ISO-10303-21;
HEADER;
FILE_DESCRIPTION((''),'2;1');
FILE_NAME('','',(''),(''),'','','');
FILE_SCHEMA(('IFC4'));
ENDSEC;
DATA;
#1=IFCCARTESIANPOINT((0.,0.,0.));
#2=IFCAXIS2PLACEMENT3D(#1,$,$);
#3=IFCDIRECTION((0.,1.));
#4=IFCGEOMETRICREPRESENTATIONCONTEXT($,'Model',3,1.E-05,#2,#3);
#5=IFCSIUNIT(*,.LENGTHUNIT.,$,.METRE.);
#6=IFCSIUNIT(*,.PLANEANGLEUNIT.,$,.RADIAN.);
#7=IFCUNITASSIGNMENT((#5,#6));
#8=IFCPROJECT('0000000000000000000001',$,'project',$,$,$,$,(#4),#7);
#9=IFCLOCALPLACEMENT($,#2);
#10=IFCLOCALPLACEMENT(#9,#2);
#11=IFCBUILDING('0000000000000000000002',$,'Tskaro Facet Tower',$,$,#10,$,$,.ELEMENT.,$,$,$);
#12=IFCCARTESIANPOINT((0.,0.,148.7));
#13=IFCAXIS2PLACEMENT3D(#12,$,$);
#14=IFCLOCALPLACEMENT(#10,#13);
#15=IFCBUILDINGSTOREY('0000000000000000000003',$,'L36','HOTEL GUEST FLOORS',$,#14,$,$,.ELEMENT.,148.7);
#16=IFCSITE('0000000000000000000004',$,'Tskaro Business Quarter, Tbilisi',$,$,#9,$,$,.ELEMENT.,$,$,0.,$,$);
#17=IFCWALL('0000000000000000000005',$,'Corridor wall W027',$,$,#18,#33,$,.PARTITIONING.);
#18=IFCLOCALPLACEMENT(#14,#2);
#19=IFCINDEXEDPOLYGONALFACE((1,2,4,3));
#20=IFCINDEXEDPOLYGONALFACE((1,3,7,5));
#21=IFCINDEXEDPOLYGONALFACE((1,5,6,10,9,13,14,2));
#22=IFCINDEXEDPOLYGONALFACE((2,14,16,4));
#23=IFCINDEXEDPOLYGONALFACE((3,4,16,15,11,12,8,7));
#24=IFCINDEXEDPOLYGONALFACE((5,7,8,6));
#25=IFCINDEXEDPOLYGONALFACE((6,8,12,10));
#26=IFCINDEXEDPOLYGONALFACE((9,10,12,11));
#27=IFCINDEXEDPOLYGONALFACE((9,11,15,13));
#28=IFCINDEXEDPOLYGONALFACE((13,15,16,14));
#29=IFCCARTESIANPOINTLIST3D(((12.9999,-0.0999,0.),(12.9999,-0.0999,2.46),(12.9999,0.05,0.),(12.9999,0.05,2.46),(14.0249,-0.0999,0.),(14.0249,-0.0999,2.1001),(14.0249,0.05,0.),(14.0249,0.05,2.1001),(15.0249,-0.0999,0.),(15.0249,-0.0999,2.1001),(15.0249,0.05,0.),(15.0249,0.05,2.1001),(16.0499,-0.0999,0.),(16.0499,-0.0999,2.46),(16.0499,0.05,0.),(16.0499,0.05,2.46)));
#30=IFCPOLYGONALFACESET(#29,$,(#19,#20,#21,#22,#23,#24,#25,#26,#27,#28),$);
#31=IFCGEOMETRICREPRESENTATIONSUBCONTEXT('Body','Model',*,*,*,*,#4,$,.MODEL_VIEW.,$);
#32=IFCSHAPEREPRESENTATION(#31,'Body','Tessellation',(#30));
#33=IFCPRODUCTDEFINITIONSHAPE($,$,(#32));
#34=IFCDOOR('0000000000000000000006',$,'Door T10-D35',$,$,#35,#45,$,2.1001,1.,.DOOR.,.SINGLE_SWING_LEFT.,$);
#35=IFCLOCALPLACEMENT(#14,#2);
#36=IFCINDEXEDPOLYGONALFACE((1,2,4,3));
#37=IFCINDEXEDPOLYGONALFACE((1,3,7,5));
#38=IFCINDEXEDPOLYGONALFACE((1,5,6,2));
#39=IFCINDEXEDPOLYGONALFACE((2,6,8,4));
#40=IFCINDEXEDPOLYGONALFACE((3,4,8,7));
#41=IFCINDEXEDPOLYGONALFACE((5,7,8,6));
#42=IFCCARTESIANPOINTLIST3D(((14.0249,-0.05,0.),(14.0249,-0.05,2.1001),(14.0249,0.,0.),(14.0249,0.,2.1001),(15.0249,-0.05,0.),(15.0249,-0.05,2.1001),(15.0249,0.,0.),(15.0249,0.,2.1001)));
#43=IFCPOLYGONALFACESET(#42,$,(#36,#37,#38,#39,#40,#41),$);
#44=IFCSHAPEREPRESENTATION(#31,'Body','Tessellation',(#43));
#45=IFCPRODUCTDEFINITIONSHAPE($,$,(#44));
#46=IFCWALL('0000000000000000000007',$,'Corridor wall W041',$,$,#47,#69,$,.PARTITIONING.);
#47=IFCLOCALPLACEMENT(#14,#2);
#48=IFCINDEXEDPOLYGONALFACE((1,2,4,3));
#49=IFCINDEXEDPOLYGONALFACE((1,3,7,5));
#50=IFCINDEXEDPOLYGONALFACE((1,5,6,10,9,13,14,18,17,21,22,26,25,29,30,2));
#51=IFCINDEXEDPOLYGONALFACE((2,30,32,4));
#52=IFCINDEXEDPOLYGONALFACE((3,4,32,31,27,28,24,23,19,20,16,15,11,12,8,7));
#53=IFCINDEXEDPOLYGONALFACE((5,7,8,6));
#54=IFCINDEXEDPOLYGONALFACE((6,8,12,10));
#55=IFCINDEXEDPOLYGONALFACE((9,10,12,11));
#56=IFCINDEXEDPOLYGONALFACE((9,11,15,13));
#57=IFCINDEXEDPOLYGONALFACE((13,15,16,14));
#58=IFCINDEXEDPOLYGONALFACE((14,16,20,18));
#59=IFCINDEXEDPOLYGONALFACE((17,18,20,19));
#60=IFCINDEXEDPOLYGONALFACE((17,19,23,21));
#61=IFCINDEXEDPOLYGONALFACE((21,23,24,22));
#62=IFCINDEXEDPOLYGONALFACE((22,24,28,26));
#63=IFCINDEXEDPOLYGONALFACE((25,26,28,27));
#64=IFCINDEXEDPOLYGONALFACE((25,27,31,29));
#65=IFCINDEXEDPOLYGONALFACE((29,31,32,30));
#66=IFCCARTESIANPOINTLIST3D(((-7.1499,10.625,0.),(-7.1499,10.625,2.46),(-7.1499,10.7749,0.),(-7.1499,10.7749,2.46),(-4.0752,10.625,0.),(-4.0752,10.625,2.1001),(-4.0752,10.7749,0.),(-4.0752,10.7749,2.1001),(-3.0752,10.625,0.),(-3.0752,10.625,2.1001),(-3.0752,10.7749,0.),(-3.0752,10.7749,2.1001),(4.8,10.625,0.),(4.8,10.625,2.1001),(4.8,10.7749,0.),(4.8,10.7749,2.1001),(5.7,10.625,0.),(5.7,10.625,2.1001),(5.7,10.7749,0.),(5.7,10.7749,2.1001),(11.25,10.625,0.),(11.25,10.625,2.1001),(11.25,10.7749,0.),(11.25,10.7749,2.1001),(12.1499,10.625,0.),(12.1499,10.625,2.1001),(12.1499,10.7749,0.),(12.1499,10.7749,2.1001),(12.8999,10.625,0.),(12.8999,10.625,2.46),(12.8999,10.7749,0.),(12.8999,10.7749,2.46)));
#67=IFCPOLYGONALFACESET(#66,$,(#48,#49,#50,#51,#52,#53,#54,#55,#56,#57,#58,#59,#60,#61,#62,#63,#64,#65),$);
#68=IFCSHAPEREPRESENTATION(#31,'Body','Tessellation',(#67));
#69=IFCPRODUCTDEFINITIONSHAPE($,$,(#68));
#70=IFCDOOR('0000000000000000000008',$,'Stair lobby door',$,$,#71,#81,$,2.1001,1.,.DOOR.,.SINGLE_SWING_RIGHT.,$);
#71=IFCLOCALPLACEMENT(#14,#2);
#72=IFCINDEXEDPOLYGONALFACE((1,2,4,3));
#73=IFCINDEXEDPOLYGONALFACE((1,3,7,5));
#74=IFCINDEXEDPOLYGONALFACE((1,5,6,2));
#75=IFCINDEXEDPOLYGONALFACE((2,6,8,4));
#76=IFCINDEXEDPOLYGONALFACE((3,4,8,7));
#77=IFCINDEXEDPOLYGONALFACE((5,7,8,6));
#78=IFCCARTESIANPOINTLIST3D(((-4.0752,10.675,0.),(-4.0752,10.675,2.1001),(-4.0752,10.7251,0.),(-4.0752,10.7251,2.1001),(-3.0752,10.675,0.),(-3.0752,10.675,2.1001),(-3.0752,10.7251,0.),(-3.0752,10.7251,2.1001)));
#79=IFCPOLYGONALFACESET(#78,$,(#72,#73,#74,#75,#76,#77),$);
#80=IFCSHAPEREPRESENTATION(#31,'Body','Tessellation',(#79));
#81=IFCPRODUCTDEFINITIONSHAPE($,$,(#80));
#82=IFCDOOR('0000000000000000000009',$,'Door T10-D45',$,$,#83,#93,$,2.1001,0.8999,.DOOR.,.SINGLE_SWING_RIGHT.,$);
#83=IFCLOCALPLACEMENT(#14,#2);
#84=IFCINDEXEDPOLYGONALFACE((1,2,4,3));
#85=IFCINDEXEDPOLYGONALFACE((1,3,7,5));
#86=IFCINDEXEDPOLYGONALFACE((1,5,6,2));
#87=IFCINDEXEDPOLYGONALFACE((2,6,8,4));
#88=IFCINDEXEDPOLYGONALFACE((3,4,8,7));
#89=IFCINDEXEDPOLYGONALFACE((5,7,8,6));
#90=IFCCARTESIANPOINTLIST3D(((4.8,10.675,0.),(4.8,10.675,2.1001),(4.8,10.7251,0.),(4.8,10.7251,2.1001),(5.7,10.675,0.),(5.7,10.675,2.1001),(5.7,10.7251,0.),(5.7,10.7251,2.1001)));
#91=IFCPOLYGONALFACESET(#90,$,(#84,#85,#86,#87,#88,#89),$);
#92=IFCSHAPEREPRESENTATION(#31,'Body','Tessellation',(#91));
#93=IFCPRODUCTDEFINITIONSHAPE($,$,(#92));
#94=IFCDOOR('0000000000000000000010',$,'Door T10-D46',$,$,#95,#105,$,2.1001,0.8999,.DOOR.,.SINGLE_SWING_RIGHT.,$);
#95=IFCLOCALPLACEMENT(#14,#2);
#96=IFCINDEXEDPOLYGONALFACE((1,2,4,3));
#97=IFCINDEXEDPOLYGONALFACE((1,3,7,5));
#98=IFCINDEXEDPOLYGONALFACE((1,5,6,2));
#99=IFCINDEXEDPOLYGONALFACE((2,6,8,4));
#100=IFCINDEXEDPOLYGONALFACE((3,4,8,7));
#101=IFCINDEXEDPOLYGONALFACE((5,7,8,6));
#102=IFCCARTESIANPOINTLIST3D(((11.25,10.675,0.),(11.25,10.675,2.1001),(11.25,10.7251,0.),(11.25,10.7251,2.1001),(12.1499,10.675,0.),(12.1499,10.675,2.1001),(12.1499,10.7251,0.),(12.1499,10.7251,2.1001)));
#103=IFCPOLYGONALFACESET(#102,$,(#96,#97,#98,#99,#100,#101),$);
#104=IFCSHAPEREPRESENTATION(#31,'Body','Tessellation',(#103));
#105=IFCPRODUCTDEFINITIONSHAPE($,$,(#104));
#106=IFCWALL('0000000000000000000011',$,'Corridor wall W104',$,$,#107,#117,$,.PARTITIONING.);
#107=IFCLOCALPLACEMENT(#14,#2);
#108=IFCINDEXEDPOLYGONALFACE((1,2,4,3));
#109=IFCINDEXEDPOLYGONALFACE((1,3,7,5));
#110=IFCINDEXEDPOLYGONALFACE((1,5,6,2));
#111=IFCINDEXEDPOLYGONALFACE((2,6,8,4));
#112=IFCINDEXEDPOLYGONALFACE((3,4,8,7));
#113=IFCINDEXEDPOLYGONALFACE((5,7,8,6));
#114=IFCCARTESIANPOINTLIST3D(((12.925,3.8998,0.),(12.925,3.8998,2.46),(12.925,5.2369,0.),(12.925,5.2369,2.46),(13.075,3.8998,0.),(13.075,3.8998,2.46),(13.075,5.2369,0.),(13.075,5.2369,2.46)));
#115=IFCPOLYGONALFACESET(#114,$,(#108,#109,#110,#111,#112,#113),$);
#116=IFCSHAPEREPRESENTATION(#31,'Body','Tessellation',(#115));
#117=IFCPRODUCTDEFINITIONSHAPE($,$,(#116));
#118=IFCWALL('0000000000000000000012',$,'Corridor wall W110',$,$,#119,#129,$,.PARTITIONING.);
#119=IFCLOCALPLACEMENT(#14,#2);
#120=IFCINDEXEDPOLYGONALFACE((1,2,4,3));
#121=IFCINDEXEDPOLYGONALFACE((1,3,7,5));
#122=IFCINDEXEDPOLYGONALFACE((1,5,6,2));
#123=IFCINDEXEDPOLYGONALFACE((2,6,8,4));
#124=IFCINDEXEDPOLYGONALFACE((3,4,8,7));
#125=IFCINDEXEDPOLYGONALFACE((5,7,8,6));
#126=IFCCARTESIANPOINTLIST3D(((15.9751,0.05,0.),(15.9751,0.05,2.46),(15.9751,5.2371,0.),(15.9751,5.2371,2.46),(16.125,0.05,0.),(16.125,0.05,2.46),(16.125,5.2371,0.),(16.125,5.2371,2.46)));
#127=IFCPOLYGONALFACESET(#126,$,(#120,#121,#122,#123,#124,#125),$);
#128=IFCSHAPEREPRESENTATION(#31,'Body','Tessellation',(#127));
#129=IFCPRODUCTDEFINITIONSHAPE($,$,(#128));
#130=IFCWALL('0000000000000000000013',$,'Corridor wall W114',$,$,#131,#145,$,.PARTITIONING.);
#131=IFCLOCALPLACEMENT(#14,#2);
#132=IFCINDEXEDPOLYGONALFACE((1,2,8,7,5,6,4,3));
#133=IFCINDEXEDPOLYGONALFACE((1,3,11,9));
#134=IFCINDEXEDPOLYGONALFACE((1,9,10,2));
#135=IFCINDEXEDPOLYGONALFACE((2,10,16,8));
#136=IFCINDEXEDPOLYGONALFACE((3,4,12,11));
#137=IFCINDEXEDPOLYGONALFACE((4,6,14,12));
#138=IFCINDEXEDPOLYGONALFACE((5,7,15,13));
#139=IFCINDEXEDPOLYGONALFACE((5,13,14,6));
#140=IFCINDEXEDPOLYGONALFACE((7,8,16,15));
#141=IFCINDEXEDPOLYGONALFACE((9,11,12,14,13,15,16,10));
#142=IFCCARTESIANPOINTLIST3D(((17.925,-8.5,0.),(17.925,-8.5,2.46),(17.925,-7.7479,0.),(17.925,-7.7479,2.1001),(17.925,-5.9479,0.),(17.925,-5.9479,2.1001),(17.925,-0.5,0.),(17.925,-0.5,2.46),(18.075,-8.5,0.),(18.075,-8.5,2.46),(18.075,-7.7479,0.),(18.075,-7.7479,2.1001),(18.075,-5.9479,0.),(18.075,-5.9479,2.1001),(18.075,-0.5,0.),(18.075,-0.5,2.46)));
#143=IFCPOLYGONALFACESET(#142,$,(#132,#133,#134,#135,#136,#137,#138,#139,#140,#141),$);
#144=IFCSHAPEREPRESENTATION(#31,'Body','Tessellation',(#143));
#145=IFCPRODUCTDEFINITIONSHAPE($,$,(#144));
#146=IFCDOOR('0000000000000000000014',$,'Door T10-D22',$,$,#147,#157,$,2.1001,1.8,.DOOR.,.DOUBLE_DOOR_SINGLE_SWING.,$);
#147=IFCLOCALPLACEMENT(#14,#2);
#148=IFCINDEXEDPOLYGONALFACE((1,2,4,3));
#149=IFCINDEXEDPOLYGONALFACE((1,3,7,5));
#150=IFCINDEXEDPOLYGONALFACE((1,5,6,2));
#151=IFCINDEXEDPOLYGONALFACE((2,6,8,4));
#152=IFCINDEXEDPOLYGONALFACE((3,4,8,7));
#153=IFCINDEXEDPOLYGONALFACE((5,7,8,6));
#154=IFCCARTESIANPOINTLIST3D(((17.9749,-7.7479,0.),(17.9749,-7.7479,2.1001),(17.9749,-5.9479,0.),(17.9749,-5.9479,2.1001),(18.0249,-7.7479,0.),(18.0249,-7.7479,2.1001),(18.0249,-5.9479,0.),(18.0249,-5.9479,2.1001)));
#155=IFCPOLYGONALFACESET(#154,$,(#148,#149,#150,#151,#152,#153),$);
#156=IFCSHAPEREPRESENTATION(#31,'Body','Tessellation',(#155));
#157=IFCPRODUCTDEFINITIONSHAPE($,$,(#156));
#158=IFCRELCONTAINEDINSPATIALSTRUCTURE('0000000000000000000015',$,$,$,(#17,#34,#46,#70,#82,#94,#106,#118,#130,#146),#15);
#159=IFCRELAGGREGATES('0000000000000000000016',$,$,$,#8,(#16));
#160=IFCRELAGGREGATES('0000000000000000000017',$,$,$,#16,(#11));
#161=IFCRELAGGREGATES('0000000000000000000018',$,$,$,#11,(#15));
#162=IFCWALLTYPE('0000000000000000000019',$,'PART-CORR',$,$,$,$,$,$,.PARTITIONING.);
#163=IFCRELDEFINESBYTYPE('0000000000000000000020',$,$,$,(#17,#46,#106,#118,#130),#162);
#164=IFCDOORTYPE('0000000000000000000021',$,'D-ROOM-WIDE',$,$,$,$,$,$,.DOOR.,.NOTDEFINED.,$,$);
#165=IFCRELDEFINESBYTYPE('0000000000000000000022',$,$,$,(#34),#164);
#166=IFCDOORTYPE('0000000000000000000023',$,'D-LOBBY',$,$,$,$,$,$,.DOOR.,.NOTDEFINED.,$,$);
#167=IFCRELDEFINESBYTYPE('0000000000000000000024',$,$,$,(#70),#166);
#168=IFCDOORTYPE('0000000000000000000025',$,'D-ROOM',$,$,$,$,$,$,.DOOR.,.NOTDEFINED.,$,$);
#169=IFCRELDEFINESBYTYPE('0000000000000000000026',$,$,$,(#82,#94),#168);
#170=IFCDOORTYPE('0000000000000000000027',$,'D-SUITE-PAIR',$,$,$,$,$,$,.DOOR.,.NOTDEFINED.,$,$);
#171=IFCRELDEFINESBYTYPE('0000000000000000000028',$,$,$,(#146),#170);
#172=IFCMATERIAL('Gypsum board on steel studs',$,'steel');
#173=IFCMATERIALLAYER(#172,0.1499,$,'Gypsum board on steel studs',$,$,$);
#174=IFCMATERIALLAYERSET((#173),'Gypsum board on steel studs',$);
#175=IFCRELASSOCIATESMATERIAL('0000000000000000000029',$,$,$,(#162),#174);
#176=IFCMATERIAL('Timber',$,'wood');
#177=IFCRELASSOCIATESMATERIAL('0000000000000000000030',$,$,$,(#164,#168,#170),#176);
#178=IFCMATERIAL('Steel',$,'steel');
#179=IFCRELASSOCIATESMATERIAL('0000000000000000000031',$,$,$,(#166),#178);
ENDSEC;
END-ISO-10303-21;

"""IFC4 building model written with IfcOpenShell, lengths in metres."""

from ifc_helpers import new_model, si_unit, direction, frame, frame_2d, origin, place, context, subcontext, project, spatial, rectangle, extrude, material, layer, layer_set, type_object, element, fill, save


model = new_model("IFC4")

# Units and contexts
model_context = context("Model", 3, precision=1e-05, world=origin(), true_north=direction((0.0, 1.0)))
body_context = subcontext(model_context, "Body", "Model", "MODEL_VIEW")
ifc_project = project(units=[si_unit("LENGTHUNIT", "METRE"), si_unit("PLANEANGLEUNIT", "RADIAN")], contexts=[model_context])

# Site, building, storey
site_placement = place(None, origin())
site = spatial("IfcSite", under=ifc_project, at=site_placement, Name="Tskaro Business Quarter, Tbilisi", CompositionType="ELEMENT", RefElevation=0.0)
building_placement = place(site_placement, origin())
building = spatial("IfcBuilding", under=site, at=building_placement, Name="Tskaro Facet Tower", CompositionType="ELEMENT")
storey_placement = place(building_placement, frame((0.0, 0.0, 148.7)))
storey = spatial("IfcBuildingStorey", under=building, at=storey_placement, Name="L36", Description="HOTEL GUEST FLOORS", CompositionType="ELEMENT", Elevation=148.7)

# Shared definitions
ifc_material_1 = material(Name="Gypsum board on steel studs", Category="steel")

# Wall, opening, door
ifc_layer_1 = layer(ifc_material_1, 0.1499, Name="Gypsum board on steel studs")
ifc_layer_set_1 = layer_set([ifc_layer_1], Name="Gypsum board on steel studs")
wall_type_1 = type_object("IfcWallType", Name="PART-CORR", PredefinedType="PARTITIONING", material=ifc_layer_set_1)
wall_1_placement = place(storey_placement, frame((13.0, -0.0249, 0.0), z_axis=(0.0, 0.0, 1.0), x_axis=(1.0, 0.0, 0.0)))
wall_1 = element("IfcWall", 1, at=wall_1_placement, inside=storey, type_object=wall_type_1, Name="Corridor wall W027", PredefinedType="PARTITIONING", context=body_context, shape_type="SweptSolid", body=[
    extrude(rectangle(XDim=3.05, YDim=0.1499, at=frame_2d((1.5249, 0.0))), origin(), (0.0, 0.0, 1.0), 2.46),
])
opening_1_placement = place(wall_1_placement, frame((1.0249, 0.0, 0.0)))
opening_1 = element("IfcOpeningElement", 2, at=opening_1_placement, cuts=wall_1, PredefinedType="OPENING", context=body_context, shape_type="SweptSolid", body=[
    extrude(rectangle(XDim=1.0, YDim=2.1001, at=frame_2d((0.5, 1.05))), frame((0.0, 0.085, 0.0), z_axis=(0.0, -1.0, 0.0), x_axis=(1.0, 0.0, 0.0)), (0.0, 0.0, 1.0), 0.1699),
])
ifc_material_2 = material(Name="Timber", Category="wood")
door_type_1 = type_object("IfcDoorType", Name="D-ROOM-WIDE", OperationType="NOTDEFINED", PredefinedType="DOOR", material=ifc_material_2)
door_1_placement = place(opening_1_placement, origin())
door_1 = element("IfcDoor", 3, at=door_1_placement, inside=storey, type_object=door_type_1, Name="Door T10-D35", OperationType="SINGLE_SWING_LEFT", OverallHeight=2.1001, OverallWidth=1.0, PredefinedType="DOOR", context=body_context, shape_type="SweptSolid", body=[
    extrude(rectangle(XDim=1.0, YDim=2.1001, at=frame_2d((0.5, 1.05))), frame((0.0, 0.0249, 0.0), z_axis=(0.0, -1.0, 0.0), x_axis=(1.0, 0.0, 0.0)), (0.0, 0.0, 1.0), 0.05),
])
fill(opening_1, door_1)

# Wall, openings, doors
wall_2_placement = place(storey_placement, frame((12.8999, 10.7, 0.0), z_axis=(0.0, 0.0, 1.0), x_axis=(-1.0, 0.0, 0.0)))
wall_2 = element("IfcWall", 4, at=wall_2_placement, inside=storey, type_object=wall_type_1, Name="Corridor wall W041", PredefinedType="PARTITIONING", context=body_context, shape_type="SweptSolid", body=[
    extrude(rectangle(XDim=20.0498, YDim=0.1499, at=frame_2d((10.0249, 0.0))), origin(), (0.0, 0.0, 1.0), 2.46),
])
opening_2_placement = place(wall_2_placement, frame((15.9751, 0.0, 0.0)))
opening_2 = element("IfcOpeningElement", 5, at=opening_2_placement, cuts=wall_2, PredefinedType="OPENING", context=body_context, shape_type="SweptSolid", body=[
    extrude(rectangle(XDim=1.0, YDim=2.1001, at=frame_2d((0.5, 1.05))), frame((0.0, 0.085, 0.0), z_axis=(0.0, -1.0, 0.0), x_axis=(1.0, 0.0, 0.0)), (0.0, 0.0, 1.0), 0.1699),
])
opening_3_placement = place(wall_2_placement, frame((7.2, 0.0, 0.0)))
opening_3 = element("IfcOpeningElement", 6, at=opening_3_placement, cuts=wall_2, PredefinedType="OPENING", context=body_context, shape_type="SweptSolid", body=[
    extrude(rectangle(XDim=0.8999, YDim=2.1001, at=frame_2d((0.45, 1.05))), frame((0.0, 0.085, 0.0), z_axis=(0.0, -1.0, 0.0), x_axis=(1.0, 0.0, 0.0)), (0.0, 0.0, 1.0), 0.1699),
])
opening_4_placement = place(wall_2_placement, frame((0.75, 0.0, 0.0)))
opening_4 = element("IfcOpeningElement", 7, at=opening_4_placement, cuts=wall_2, PredefinedType="OPENING", context=body_context, shape_type="SweptSolid", body=[
    extrude(rectangle(XDim=0.8999, YDim=2.1001, at=frame_2d((0.45, 1.05))), frame((0.0, 0.085, 0.0), z_axis=(0.0, -1.0, 0.0), x_axis=(1.0, 0.0, 0.0)), (0.0, 0.0, 1.0), 0.1699),
])
ifc_material_3 = material(Name="Steel", Category="steel")
door_type_2 = type_object("IfcDoorType", Name="D-LOBBY", OperationType="NOTDEFINED", PredefinedType="DOOR", material=ifc_material_3)
door_2_placement = place(opening_2_placement, origin())
door_2 = element("IfcDoor", 8, at=door_2_placement, inside=storey, type_object=door_type_2, Name="Stair lobby door", OperationType="SINGLE_SWING_RIGHT", OverallHeight=2.1001, OverallWidth=1.0, PredefinedType="DOOR", context=body_context, shape_type="SweptSolid", body=[
    extrude(rectangle(XDim=1.0, YDim=2.1001, at=frame_2d((0.5, 1.05))), frame((0.0, 0.0249, 0.0), z_axis=(0.0, -1.0, 0.0), x_axis=(1.0, 0.0, 0.0)), (0.0, 0.0, 1.0), 0.05),
])
fill(opening_2, door_2)
door_type_3 = type_object("IfcDoorType", Name="D-ROOM", OperationType="NOTDEFINED", PredefinedType="DOOR", material=ifc_material_2)
door_3_placement = place(opening_3_placement, origin())
door_3 = element("IfcDoor", 9, at=door_3_placement, inside=storey, type_object=door_type_3, Name="Door T10-D45", OperationType="SINGLE_SWING_RIGHT", OverallHeight=2.1001, OverallWidth=0.8999, PredefinedType="DOOR", context=body_context, shape_type="SweptSolid", body=[
    extrude(rectangle(XDim=0.8999, YDim=2.1001, at=frame_2d((0.45, 1.05))), frame((0.0, 0.0249, 0.0), z_axis=(0.0, -1.0, 0.0), x_axis=(1.0, 0.0, 0.0)), (0.0, 0.0, 1.0), 0.05),
])
fill(opening_3, door_3)
door_4_placement = place(opening_4_placement, origin())
door_4 = element("IfcDoor", 10, at=door_4_placement, inside=storey, type_object=door_type_3, Name="Door T10-D46", OperationType="SINGLE_SWING_RIGHT", OverallHeight=2.1001, OverallWidth=0.8999, PredefinedType="DOOR", context=body_context, shape_type="SweptSolid", body=[
    extrude(rectangle(XDim=0.8999, YDim=2.1001, at=frame_2d((0.45, 1.05))), frame((0.0, 0.0249, 0.0), z_axis=(0.0, -1.0, 0.0), x_axis=(1.0, 0.0, 0.0)), (0.0, 0.0, 1.0), 0.05),
])
fill(opening_4, door_4)

# Walls
wall_3_placement = place(storey_placement, frame((13.0, 3.8999, 0.0), z_axis=(0.0, 0.0, 1.0), x_axis=(0.0, 1.0, 0.0)))
element("IfcWall", 11, at=wall_3_placement, inside=storey, type_object=wall_type_1, Name="Corridor wall W104", PredefinedType="PARTITIONING", context=body_context, shape_type="SweptSolid", body=[
    extrude(rectangle(XDim=1.3372, YDim=0.1499, at=frame_2d((0.6685, 0.0))), origin(), (0.0, 0.0, 1.0), 2.46),
])
wall_4_placement = place(storey_placement, frame((16.05, 0.05, 0.0), z_axis=(0.0, 0.0, 1.0), x_axis=(0.0, 1.0, 0.0)))
element("IfcWall", 12, at=wall_4_placement, inside=storey, type_object=wall_type_1, Name="Corridor wall W110", PredefinedType="PARTITIONING", context=body_context, shape_type="SweptSolid", body=[
    extrude(rectangle(XDim=5.187, YDim=0.1499, at=frame_2d((2.5935, 0.0))), origin(), (0.0, 0.0, 1.0), 2.46),
])

# Wall, opening, door
wall_5_placement = place(storey_placement, frame((18.0, -0.5, 0.0), z_axis=(0.0, 0.0, 1.0), x_axis=(0.0, -1.0, 0.0)))
wall_5 = element("IfcWall", 13, at=wall_5_placement, inside=storey, type_object=wall_type_1, Name="Corridor wall W114", PredefinedType="PARTITIONING", context=body_context, shape_type="SweptSolid", body=[
    extrude(rectangle(XDim=8.0, YDim=0.1499, at=frame_2d((4.0, 0.0))), origin(), (0.0, 0.0, 1.0), 2.46),
])
opening_5_placement = place(wall_5_placement, frame((5.448, 0.0, 0.0)))
opening_5 = element("IfcOpeningElement", 14, at=opening_5_placement, cuts=wall_5, PredefinedType="OPENING", context=body_context, shape_type="SweptSolid", body=[
    extrude(rectangle(XDim=1.8, YDim=2.1001, at=frame_2d((0.8999, 1.05))), frame((0.0, 0.085, 0.0), z_axis=(0.0, -1.0, 0.0), x_axis=(1.0, 0.0, 0.0)), (0.0, 0.0, 1.0), 0.1699),
])
door_type_4 = type_object("IfcDoorType", Name="D-SUITE-PAIR", OperationType="NOTDEFINED", PredefinedType="DOOR", material=ifc_material_2)
door_5_placement = place(opening_5_placement, origin())
door_5 = element("IfcDoor", 15, at=door_5_placement, inside=storey, type_object=door_type_4, Name="Door T10-D22", OperationType="DOUBLE_DOOR_SINGLE_SWING", OverallHeight=2.1001, OverallWidth=1.8, PredefinedType="DOOR", context=body_context, shape_type="SweptSolid", body=[
    extrude(rectangle(XDim=1.8, YDim=2.1001, at=frame_2d((0.8999, 1.05))), frame((0.0, 0.0249, 0.0), z_axis=(0.0, -1.0, 0.0), x_axis=(1.0, 0.0, 0.0)), (0.0, 0.0, 1.0), 0.05),
])
fill(opening_5, door_5)

save(model, "model.ifc")
